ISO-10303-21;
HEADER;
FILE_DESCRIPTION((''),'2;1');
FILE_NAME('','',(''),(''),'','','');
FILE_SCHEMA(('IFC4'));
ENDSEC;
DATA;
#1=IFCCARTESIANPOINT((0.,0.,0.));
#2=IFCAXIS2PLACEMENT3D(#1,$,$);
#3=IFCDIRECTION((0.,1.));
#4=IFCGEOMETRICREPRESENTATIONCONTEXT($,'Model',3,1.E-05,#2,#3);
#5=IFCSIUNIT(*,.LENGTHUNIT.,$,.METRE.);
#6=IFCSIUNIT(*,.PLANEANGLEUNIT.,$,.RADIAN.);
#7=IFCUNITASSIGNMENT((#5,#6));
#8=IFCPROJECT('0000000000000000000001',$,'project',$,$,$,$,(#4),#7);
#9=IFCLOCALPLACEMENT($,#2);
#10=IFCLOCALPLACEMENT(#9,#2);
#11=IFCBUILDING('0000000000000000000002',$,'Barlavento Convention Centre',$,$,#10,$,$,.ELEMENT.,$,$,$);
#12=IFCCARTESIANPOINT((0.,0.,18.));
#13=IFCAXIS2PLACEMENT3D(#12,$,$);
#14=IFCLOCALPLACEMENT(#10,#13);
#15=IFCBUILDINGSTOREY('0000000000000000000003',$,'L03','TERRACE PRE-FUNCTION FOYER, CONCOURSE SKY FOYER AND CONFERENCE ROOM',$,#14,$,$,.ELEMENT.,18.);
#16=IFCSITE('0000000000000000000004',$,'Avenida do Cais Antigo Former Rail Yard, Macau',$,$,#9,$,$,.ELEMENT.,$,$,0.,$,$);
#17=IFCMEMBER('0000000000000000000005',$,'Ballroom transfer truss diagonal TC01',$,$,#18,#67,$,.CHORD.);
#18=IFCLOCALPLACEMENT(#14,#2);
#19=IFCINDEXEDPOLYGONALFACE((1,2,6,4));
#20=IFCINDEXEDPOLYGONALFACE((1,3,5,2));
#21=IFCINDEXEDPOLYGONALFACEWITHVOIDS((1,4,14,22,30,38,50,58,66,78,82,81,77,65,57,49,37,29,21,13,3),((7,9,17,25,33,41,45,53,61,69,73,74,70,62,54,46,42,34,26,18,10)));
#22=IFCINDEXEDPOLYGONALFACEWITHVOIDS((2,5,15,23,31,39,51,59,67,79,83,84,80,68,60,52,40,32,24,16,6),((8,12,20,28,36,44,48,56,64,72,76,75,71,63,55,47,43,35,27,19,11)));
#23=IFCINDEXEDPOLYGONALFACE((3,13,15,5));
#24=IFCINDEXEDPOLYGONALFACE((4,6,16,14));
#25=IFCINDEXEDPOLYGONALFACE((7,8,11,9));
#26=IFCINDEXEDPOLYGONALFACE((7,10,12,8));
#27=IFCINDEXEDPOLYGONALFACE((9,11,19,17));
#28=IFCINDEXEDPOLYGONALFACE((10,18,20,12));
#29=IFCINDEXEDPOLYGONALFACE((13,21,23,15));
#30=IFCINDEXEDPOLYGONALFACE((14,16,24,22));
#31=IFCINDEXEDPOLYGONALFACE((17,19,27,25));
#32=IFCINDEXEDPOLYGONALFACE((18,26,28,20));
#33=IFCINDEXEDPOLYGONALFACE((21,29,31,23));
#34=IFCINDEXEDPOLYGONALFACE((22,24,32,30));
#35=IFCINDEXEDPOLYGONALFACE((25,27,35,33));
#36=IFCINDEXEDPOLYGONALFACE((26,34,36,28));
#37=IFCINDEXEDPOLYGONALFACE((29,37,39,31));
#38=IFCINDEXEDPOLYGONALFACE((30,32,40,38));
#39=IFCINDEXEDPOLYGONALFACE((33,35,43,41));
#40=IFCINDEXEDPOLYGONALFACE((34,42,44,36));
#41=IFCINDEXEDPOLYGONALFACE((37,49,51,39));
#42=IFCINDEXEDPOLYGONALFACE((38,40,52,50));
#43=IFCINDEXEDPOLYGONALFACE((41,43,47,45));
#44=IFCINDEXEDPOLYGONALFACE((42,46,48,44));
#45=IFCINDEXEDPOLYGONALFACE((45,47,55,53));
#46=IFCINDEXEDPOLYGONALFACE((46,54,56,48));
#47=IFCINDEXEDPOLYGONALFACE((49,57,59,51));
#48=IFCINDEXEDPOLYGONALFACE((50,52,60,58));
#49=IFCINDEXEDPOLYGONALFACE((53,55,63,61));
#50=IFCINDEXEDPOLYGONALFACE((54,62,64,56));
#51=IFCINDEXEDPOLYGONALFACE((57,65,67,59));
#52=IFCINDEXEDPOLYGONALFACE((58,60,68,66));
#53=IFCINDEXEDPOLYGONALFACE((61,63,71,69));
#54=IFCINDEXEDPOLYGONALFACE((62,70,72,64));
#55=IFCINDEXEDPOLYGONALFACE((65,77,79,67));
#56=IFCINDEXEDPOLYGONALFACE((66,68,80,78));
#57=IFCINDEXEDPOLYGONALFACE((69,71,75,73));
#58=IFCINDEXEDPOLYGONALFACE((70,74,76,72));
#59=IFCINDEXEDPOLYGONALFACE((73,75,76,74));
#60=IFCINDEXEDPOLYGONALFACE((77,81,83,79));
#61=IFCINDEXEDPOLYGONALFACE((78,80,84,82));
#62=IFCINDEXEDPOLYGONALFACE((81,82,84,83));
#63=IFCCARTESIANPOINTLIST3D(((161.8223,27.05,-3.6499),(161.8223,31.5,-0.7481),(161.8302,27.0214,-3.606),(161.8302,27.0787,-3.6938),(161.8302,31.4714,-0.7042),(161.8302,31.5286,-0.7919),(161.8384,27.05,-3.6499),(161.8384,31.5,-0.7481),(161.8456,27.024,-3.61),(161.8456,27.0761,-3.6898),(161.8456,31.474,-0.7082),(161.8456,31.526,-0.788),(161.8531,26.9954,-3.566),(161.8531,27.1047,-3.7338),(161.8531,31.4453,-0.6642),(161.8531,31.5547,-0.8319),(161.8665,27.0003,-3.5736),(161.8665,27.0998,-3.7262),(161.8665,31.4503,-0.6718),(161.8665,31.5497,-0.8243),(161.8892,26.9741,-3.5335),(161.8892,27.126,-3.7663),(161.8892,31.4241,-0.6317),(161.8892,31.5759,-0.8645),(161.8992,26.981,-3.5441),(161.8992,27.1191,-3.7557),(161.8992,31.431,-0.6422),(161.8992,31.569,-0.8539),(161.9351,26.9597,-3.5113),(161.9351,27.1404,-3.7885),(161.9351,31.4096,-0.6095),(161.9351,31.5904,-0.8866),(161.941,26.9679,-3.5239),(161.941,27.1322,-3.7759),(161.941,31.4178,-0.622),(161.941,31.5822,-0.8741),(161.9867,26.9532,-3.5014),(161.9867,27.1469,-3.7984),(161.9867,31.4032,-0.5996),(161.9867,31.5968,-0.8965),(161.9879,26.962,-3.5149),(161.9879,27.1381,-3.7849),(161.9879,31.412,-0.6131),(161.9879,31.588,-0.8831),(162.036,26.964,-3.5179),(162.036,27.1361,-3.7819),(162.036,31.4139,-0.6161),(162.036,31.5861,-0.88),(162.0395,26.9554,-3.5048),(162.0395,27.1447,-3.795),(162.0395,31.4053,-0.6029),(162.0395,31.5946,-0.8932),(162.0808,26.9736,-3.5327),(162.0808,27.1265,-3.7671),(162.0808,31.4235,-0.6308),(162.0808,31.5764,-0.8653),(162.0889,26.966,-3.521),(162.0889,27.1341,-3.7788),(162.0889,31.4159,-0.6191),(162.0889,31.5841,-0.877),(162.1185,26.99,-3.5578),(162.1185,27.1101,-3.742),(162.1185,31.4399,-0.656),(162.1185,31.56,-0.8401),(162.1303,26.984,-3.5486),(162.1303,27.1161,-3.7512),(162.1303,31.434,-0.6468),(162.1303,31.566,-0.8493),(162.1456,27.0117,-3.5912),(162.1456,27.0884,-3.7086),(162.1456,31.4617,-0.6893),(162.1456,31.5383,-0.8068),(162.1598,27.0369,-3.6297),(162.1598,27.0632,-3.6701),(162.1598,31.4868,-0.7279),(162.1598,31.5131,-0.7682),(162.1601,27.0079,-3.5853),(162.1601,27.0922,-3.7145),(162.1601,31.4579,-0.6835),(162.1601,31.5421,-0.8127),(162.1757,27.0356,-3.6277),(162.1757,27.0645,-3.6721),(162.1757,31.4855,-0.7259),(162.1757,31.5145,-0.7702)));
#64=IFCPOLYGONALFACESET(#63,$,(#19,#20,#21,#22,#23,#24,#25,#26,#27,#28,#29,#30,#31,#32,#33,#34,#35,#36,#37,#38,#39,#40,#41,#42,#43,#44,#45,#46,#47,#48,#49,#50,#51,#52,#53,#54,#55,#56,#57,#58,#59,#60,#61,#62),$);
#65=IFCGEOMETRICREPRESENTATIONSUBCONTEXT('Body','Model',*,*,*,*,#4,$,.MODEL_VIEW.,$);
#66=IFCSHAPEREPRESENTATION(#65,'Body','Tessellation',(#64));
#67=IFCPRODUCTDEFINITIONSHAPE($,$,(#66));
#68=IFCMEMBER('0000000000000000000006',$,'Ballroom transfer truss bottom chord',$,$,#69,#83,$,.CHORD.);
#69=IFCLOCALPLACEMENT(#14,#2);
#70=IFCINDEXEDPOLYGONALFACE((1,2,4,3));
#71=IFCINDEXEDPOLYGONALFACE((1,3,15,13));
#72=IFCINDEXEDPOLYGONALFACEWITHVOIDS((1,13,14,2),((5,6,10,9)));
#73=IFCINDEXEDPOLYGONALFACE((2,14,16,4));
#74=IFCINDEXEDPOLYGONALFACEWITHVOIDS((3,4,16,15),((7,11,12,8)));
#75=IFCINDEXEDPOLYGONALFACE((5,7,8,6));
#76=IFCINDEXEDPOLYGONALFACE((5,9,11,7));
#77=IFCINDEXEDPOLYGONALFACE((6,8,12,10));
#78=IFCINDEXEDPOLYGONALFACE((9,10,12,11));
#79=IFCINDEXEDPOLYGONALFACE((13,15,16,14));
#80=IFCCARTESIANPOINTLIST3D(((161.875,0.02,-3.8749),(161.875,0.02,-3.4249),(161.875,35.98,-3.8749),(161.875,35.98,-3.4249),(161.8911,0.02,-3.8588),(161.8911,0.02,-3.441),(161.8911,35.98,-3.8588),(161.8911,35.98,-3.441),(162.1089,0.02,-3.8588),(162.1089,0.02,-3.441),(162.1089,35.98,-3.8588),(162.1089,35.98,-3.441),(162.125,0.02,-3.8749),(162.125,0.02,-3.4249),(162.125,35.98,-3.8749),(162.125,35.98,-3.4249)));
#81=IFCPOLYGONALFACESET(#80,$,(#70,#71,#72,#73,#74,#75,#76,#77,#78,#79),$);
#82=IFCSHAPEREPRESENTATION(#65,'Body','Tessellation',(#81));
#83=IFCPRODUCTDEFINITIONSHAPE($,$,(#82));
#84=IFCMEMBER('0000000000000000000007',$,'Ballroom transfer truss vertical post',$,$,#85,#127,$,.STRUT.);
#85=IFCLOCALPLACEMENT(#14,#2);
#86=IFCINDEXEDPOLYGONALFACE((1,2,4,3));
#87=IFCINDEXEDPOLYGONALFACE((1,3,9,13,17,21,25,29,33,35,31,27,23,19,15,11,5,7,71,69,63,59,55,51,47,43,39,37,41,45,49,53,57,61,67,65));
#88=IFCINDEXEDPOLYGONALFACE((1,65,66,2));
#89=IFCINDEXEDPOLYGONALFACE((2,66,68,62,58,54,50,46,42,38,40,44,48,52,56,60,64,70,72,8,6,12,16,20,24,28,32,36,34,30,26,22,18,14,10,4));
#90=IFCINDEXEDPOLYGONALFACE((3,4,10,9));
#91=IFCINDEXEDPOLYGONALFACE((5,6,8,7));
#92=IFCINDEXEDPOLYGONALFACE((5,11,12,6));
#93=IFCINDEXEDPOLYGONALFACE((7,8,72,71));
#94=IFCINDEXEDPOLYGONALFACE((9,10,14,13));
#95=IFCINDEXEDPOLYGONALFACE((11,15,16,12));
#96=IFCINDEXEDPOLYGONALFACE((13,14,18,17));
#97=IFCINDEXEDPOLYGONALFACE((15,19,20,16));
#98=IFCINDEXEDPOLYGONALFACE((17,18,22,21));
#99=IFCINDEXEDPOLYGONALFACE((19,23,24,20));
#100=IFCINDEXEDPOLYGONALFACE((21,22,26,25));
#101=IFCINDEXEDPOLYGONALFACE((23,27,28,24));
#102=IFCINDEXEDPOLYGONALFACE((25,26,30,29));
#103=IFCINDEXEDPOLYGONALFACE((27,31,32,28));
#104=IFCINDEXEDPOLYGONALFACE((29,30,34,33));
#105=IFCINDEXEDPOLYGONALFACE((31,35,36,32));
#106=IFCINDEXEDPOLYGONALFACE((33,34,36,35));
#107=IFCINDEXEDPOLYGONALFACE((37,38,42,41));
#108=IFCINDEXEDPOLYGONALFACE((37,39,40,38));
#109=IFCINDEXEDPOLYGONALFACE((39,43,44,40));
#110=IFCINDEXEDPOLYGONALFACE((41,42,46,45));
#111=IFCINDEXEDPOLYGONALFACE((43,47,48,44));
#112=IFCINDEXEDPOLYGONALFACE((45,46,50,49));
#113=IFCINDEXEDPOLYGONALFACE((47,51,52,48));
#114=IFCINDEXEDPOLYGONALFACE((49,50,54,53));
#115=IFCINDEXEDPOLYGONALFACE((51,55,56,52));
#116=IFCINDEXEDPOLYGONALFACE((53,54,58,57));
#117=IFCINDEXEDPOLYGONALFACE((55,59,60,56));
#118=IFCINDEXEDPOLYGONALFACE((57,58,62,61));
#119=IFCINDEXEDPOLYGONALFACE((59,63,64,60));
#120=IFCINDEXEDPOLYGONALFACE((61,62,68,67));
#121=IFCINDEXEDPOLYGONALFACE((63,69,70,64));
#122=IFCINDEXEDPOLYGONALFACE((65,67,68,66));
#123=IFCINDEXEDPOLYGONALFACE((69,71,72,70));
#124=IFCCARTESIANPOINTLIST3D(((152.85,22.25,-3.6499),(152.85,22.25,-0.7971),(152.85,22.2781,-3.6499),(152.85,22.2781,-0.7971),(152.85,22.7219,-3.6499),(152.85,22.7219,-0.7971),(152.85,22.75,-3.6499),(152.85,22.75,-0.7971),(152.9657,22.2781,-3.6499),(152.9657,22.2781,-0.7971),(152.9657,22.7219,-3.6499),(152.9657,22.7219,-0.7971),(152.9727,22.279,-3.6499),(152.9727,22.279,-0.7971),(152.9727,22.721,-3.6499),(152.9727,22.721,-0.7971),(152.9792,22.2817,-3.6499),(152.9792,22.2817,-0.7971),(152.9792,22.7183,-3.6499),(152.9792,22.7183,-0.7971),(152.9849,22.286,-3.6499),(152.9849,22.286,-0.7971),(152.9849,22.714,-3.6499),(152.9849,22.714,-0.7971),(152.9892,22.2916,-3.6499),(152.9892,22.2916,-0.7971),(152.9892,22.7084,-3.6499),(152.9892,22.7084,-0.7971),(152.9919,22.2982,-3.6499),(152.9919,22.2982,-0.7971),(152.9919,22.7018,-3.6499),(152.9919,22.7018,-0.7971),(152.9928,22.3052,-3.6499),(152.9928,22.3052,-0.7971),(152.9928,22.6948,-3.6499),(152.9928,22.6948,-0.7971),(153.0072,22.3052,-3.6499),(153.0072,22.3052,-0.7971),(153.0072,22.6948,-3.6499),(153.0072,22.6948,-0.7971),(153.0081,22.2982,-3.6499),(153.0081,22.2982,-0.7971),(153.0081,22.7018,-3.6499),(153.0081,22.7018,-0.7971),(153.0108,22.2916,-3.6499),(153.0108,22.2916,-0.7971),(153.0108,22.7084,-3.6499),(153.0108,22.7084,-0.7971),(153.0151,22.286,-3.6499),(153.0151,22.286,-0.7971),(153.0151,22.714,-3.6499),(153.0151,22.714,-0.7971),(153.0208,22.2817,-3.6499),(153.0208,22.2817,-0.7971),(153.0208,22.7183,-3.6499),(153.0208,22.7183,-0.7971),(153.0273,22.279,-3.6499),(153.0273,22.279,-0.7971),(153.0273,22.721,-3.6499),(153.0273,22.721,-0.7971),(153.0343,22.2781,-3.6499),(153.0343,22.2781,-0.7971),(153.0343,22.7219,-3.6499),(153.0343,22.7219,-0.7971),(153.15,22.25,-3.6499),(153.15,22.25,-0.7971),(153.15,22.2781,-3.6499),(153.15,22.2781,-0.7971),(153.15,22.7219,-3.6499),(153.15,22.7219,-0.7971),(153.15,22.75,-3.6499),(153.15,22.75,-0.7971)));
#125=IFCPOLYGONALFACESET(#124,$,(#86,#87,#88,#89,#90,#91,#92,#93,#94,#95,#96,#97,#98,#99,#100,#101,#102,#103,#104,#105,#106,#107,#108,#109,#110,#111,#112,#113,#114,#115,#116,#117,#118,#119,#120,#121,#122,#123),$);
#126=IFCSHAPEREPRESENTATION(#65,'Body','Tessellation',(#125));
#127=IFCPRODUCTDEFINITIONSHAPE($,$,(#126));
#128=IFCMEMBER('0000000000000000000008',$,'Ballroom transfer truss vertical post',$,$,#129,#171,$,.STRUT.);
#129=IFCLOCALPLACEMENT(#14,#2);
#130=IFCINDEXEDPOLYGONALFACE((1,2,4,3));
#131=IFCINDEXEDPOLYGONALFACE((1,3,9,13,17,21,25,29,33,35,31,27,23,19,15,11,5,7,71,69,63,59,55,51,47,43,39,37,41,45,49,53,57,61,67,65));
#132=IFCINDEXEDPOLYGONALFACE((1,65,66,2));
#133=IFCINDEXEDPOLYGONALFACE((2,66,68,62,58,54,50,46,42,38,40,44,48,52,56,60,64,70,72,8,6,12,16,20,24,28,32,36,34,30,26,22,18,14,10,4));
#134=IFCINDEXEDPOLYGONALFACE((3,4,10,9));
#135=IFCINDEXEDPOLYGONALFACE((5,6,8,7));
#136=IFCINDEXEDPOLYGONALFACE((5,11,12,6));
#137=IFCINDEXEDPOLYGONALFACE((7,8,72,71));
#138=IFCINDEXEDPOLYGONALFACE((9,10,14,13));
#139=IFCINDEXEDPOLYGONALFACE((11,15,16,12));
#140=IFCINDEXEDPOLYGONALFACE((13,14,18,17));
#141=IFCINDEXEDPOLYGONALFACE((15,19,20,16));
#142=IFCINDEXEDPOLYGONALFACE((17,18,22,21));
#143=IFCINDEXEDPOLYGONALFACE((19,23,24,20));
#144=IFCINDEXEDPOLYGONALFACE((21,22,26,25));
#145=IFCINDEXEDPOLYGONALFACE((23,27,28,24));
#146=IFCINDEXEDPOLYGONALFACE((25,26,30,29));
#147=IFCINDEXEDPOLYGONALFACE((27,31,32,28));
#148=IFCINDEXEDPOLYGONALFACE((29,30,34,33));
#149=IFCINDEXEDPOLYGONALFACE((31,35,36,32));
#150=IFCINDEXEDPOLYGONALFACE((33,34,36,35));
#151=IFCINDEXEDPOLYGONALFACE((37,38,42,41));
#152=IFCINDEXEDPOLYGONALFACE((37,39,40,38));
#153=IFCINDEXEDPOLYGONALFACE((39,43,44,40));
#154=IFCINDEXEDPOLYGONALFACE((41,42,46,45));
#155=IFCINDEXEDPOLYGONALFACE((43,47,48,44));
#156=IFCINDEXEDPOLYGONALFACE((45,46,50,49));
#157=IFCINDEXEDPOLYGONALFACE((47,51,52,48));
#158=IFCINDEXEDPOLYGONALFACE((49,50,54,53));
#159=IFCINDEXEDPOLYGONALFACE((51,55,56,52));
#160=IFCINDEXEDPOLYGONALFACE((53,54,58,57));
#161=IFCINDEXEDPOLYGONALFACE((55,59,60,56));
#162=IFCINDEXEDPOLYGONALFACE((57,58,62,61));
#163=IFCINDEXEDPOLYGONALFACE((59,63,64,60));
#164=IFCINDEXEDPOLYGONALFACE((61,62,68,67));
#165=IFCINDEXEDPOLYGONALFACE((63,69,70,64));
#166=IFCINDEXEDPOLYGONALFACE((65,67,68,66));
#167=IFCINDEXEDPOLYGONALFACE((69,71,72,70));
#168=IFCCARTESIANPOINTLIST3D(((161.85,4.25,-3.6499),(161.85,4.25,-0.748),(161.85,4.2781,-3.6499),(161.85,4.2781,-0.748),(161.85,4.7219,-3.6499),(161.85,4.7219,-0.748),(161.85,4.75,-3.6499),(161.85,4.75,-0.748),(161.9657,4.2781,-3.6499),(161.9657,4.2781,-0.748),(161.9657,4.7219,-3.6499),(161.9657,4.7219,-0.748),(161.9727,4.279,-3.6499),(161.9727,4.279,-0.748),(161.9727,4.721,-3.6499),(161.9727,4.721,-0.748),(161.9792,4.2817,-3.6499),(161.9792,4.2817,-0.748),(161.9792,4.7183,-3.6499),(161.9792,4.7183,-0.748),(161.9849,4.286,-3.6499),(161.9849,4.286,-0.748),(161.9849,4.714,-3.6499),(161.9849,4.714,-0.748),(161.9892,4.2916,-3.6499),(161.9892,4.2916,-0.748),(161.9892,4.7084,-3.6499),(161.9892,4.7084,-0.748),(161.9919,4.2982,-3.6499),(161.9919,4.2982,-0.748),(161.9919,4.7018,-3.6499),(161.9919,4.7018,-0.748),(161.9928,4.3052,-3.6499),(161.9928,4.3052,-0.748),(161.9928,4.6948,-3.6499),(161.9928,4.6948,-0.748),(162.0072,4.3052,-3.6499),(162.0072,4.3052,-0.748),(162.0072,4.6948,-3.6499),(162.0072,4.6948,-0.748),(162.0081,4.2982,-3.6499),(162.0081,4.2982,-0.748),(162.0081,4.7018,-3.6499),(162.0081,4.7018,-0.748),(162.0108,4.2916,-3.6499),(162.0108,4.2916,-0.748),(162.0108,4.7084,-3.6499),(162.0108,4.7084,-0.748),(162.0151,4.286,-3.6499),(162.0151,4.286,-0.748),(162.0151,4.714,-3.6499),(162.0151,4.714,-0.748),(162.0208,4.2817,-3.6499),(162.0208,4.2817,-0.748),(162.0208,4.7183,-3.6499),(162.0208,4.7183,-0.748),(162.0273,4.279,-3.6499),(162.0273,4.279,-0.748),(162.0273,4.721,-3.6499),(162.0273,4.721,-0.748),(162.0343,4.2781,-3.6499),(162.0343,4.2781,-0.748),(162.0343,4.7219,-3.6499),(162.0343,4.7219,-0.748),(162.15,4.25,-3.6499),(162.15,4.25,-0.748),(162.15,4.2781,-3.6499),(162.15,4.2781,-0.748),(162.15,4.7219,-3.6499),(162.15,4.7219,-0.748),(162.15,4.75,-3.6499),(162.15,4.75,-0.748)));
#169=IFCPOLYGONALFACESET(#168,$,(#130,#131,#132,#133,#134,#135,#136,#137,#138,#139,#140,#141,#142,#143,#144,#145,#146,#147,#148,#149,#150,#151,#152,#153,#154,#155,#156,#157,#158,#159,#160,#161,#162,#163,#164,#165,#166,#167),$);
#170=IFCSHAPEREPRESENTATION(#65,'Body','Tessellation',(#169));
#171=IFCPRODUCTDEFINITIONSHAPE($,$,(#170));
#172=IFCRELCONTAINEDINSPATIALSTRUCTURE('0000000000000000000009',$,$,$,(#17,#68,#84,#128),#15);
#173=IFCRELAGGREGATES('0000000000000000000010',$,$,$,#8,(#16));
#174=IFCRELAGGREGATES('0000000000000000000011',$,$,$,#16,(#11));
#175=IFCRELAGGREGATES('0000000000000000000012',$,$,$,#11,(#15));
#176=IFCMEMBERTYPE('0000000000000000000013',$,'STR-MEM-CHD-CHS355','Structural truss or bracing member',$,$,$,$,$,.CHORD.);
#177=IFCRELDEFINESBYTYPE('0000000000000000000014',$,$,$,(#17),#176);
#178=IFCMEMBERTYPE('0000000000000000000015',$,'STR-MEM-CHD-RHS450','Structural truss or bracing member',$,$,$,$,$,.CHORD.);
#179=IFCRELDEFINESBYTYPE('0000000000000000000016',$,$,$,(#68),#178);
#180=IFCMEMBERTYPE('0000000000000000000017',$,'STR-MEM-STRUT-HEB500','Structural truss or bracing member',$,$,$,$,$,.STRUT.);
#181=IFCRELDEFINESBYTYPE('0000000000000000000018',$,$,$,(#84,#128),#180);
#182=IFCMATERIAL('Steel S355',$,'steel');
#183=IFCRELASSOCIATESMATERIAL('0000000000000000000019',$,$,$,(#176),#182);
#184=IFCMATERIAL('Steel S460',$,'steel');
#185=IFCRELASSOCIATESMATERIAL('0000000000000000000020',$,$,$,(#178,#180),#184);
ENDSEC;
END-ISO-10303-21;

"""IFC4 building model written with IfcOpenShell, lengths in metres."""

from ifc_helpers import new_model, si_unit, direction, frame, origin, origin_2d, place, context, subcontext, project, spatial, hollow_rectangle, hollow_circle, i_section, extrude, material, material_profile, profile_set, type_object, element, save


model = new_model("IFC4")

# Units and contexts
model_context = context("Model", 3, precision=1e-05, world=origin(), true_north=direction((0.0, 1.0)))
body_context = subcontext(model_context, "Body", "Model", "MODEL_VIEW")
ifc_project = project(units=[si_unit("LENGTHUNIT", "METRE"), si_unit("PLANEANGLEUNIT", "RADIAN")], contexts=[model_context])

# Site, building, storey
site_placement = place(None, origin())
site = spatial("IfcSite", under=ifc_project, at=site_placement, Name="Avenida do Cais Antigo Former Rail Yard, Macau", CompositionType="ELEMENT", RefElevation=0.0)
building_placement = place(site_placement, origin())
building = spatial("IfcBuilding", under=site, at=building_placement, Name="Barlavento Convention Centre", CompositionType="ELEMENT")
storey_placement = place(building_placement, frame((0.0, 0.0, 18.0)))
storey = spatial("IfcBuildingStorey", under=building, at=storey_placement, Name="L03", Description="TERRACE PRE-FUNCTION FOYER, CONCOURSE SKY FOYER AND CONFERENCE ROOM", CompositionType="ELEMENT", Elevation=18.0)

# Shared definitions
ifc_material_1 = material(Name="Steel S355", Category="steel")
ifc_material_2 = material(Name="Steel S460", Category="steel")

# Members
ifc_material_profile_1 = material_profile(ifc_material_1, hollow_circle(Radius=0.1777, WallThickness=0.0161, at=origin_2d()), Name="CHS 355.6x16.0")
ifc_profile_set_1 = profile_set([ifc_material_profile_1], Name="Steel S355")
member_type_1 = type_object("IfcMemberType", Name="STR-MEM-CHD-CHS355", Description="Structural truss or bracing member", PredefinedType="CHORD", material=ifc_profile_set_1)
for number, where, z_axis, x_axis, name in (
    (1, (162.0, 27.05, -3.6499), (0.0, 0.837635, 0.54623), (-1.0, 0.0, 0.0), "Ballroom transfer truss diagonal TC01"),
):
    element("IfcMember", number, at=place(storey_placement, frame(where, z_axis=z_axis, x_axis=x_axis)), inside=storey, type_object=member_type_1, Name=name, PredefinedType="CHORD", context=body_context, shape_type="SweptSolid", body=[
        extrude(hollow_circle(Radius=0.1777, WallThickness=0.0161, at=origin_2d()), origin(), (0.0, 0.0, 1.0), 5.3125),
    ])
ifc_material_profile_2 = material_profile(ifc_material_2, hollow_rectangle(XDim=0.25, YDim=0.45, WallThickness=0.0161, at=origin_2d()), Name="RHS 450x250x16.0")
ifc_profile_set_2 = profile_set([ifc_material_profile_2], Name="Steel S460")
member_type_2 = type_object("IfcMemberType", Name="STR-MEM-CHD-RHS450", Description="Structural truss or bracing member", PredefinedType="CHORD", material=ifc_profile_set_2)
member_1_placement = place(storey_placement, frame((162.0, 0.02, -3.6499), z_axis=(0.0, 1.0, 0.0), x_axis=(-1.0, 0.0, 0.0)))
element("IfcMember", 2, at=member_1_placement, inside=storey, type_object=member_type_2, Name="Ballroom transfer truss bottom chord", PredefinedType="CHORD", context=body_context, shape_type="SweptSolid", body=[
    extrude(hollow_rectangle(XDim=0.25, YDim=0.45, WallThickness=0.0161, at=origin_2d()), origin(), (0.0, 0.0, 1.0), 35.96),
])
ifc_material_profile_3 = material_profile(ifc_material_2, i_section(OverallWidth=0.3, OverallDepth=0.5, WebThickness=0.0144, FlangeThickness=0.0281, FilletRadius=0.0271, at=origin_2d()), Name="HEB 500")
ifc_profile_set_3 = profile_set([ifc_material_profile_3], Name="Steel S460")
member_type_3 = type_object("IfcMemberType", Name="STR-MEM-STRUT-HEB500", Description="Structural truss or bracing member", PredefinedType="STRUT", material=ifc_profile_set_3)
member_2_placement = place(storey_placement, frame((153.0, 22.5, -3.6499), z_axis=(0.0, 0.0, 1.0), x_axis=(1.0, 0.0, 0.0)))
element("IfcMember", 3, at=member_2_placement, inside=storey, type_object=member_type_3, Name="Ballroom transfer truss vertical post", PredefinedType="STRUT", context=body_context, shape_type="SweptSolid", body=[
    extrude(i_section(OverallWidth=0.3, OverallDepth=0.5, WebThickness=0.0144, FlangeThickness=0.0281, FilletRadius=0.0271, at=origin_2d()), origin(), (0.0, 0.0, 1.0), 2.8528),
])
for number, where, z_axis, x_axis, name in (
    (4, (162.0, 4.5, -3.6499), (0.0, 0.0, 1.0), (1.0, 0.0, 0.0), "Ballroom transfer truss vertical post"),
):
    element("IfcMember", number, at=place(storey_placement, frame(where, z_axis=z_axis, x_axis=x_axis)), inside=storey, type_object=member_type_3, Name=name, PredefinedType="STRUT", context=body_context, shape_type="SweptSolid", body=[
        extrude(i_section(OverallWidth=0.3, OverallDepth=0.5, WebThickness=0.0144, FlangeThickness=0.0281, FilletRadius=0.0271, at=origin_2d()), origin(), (0.0, 0.0, 1.0), 2.9019),
    ])

save(model, "model.ifc")
